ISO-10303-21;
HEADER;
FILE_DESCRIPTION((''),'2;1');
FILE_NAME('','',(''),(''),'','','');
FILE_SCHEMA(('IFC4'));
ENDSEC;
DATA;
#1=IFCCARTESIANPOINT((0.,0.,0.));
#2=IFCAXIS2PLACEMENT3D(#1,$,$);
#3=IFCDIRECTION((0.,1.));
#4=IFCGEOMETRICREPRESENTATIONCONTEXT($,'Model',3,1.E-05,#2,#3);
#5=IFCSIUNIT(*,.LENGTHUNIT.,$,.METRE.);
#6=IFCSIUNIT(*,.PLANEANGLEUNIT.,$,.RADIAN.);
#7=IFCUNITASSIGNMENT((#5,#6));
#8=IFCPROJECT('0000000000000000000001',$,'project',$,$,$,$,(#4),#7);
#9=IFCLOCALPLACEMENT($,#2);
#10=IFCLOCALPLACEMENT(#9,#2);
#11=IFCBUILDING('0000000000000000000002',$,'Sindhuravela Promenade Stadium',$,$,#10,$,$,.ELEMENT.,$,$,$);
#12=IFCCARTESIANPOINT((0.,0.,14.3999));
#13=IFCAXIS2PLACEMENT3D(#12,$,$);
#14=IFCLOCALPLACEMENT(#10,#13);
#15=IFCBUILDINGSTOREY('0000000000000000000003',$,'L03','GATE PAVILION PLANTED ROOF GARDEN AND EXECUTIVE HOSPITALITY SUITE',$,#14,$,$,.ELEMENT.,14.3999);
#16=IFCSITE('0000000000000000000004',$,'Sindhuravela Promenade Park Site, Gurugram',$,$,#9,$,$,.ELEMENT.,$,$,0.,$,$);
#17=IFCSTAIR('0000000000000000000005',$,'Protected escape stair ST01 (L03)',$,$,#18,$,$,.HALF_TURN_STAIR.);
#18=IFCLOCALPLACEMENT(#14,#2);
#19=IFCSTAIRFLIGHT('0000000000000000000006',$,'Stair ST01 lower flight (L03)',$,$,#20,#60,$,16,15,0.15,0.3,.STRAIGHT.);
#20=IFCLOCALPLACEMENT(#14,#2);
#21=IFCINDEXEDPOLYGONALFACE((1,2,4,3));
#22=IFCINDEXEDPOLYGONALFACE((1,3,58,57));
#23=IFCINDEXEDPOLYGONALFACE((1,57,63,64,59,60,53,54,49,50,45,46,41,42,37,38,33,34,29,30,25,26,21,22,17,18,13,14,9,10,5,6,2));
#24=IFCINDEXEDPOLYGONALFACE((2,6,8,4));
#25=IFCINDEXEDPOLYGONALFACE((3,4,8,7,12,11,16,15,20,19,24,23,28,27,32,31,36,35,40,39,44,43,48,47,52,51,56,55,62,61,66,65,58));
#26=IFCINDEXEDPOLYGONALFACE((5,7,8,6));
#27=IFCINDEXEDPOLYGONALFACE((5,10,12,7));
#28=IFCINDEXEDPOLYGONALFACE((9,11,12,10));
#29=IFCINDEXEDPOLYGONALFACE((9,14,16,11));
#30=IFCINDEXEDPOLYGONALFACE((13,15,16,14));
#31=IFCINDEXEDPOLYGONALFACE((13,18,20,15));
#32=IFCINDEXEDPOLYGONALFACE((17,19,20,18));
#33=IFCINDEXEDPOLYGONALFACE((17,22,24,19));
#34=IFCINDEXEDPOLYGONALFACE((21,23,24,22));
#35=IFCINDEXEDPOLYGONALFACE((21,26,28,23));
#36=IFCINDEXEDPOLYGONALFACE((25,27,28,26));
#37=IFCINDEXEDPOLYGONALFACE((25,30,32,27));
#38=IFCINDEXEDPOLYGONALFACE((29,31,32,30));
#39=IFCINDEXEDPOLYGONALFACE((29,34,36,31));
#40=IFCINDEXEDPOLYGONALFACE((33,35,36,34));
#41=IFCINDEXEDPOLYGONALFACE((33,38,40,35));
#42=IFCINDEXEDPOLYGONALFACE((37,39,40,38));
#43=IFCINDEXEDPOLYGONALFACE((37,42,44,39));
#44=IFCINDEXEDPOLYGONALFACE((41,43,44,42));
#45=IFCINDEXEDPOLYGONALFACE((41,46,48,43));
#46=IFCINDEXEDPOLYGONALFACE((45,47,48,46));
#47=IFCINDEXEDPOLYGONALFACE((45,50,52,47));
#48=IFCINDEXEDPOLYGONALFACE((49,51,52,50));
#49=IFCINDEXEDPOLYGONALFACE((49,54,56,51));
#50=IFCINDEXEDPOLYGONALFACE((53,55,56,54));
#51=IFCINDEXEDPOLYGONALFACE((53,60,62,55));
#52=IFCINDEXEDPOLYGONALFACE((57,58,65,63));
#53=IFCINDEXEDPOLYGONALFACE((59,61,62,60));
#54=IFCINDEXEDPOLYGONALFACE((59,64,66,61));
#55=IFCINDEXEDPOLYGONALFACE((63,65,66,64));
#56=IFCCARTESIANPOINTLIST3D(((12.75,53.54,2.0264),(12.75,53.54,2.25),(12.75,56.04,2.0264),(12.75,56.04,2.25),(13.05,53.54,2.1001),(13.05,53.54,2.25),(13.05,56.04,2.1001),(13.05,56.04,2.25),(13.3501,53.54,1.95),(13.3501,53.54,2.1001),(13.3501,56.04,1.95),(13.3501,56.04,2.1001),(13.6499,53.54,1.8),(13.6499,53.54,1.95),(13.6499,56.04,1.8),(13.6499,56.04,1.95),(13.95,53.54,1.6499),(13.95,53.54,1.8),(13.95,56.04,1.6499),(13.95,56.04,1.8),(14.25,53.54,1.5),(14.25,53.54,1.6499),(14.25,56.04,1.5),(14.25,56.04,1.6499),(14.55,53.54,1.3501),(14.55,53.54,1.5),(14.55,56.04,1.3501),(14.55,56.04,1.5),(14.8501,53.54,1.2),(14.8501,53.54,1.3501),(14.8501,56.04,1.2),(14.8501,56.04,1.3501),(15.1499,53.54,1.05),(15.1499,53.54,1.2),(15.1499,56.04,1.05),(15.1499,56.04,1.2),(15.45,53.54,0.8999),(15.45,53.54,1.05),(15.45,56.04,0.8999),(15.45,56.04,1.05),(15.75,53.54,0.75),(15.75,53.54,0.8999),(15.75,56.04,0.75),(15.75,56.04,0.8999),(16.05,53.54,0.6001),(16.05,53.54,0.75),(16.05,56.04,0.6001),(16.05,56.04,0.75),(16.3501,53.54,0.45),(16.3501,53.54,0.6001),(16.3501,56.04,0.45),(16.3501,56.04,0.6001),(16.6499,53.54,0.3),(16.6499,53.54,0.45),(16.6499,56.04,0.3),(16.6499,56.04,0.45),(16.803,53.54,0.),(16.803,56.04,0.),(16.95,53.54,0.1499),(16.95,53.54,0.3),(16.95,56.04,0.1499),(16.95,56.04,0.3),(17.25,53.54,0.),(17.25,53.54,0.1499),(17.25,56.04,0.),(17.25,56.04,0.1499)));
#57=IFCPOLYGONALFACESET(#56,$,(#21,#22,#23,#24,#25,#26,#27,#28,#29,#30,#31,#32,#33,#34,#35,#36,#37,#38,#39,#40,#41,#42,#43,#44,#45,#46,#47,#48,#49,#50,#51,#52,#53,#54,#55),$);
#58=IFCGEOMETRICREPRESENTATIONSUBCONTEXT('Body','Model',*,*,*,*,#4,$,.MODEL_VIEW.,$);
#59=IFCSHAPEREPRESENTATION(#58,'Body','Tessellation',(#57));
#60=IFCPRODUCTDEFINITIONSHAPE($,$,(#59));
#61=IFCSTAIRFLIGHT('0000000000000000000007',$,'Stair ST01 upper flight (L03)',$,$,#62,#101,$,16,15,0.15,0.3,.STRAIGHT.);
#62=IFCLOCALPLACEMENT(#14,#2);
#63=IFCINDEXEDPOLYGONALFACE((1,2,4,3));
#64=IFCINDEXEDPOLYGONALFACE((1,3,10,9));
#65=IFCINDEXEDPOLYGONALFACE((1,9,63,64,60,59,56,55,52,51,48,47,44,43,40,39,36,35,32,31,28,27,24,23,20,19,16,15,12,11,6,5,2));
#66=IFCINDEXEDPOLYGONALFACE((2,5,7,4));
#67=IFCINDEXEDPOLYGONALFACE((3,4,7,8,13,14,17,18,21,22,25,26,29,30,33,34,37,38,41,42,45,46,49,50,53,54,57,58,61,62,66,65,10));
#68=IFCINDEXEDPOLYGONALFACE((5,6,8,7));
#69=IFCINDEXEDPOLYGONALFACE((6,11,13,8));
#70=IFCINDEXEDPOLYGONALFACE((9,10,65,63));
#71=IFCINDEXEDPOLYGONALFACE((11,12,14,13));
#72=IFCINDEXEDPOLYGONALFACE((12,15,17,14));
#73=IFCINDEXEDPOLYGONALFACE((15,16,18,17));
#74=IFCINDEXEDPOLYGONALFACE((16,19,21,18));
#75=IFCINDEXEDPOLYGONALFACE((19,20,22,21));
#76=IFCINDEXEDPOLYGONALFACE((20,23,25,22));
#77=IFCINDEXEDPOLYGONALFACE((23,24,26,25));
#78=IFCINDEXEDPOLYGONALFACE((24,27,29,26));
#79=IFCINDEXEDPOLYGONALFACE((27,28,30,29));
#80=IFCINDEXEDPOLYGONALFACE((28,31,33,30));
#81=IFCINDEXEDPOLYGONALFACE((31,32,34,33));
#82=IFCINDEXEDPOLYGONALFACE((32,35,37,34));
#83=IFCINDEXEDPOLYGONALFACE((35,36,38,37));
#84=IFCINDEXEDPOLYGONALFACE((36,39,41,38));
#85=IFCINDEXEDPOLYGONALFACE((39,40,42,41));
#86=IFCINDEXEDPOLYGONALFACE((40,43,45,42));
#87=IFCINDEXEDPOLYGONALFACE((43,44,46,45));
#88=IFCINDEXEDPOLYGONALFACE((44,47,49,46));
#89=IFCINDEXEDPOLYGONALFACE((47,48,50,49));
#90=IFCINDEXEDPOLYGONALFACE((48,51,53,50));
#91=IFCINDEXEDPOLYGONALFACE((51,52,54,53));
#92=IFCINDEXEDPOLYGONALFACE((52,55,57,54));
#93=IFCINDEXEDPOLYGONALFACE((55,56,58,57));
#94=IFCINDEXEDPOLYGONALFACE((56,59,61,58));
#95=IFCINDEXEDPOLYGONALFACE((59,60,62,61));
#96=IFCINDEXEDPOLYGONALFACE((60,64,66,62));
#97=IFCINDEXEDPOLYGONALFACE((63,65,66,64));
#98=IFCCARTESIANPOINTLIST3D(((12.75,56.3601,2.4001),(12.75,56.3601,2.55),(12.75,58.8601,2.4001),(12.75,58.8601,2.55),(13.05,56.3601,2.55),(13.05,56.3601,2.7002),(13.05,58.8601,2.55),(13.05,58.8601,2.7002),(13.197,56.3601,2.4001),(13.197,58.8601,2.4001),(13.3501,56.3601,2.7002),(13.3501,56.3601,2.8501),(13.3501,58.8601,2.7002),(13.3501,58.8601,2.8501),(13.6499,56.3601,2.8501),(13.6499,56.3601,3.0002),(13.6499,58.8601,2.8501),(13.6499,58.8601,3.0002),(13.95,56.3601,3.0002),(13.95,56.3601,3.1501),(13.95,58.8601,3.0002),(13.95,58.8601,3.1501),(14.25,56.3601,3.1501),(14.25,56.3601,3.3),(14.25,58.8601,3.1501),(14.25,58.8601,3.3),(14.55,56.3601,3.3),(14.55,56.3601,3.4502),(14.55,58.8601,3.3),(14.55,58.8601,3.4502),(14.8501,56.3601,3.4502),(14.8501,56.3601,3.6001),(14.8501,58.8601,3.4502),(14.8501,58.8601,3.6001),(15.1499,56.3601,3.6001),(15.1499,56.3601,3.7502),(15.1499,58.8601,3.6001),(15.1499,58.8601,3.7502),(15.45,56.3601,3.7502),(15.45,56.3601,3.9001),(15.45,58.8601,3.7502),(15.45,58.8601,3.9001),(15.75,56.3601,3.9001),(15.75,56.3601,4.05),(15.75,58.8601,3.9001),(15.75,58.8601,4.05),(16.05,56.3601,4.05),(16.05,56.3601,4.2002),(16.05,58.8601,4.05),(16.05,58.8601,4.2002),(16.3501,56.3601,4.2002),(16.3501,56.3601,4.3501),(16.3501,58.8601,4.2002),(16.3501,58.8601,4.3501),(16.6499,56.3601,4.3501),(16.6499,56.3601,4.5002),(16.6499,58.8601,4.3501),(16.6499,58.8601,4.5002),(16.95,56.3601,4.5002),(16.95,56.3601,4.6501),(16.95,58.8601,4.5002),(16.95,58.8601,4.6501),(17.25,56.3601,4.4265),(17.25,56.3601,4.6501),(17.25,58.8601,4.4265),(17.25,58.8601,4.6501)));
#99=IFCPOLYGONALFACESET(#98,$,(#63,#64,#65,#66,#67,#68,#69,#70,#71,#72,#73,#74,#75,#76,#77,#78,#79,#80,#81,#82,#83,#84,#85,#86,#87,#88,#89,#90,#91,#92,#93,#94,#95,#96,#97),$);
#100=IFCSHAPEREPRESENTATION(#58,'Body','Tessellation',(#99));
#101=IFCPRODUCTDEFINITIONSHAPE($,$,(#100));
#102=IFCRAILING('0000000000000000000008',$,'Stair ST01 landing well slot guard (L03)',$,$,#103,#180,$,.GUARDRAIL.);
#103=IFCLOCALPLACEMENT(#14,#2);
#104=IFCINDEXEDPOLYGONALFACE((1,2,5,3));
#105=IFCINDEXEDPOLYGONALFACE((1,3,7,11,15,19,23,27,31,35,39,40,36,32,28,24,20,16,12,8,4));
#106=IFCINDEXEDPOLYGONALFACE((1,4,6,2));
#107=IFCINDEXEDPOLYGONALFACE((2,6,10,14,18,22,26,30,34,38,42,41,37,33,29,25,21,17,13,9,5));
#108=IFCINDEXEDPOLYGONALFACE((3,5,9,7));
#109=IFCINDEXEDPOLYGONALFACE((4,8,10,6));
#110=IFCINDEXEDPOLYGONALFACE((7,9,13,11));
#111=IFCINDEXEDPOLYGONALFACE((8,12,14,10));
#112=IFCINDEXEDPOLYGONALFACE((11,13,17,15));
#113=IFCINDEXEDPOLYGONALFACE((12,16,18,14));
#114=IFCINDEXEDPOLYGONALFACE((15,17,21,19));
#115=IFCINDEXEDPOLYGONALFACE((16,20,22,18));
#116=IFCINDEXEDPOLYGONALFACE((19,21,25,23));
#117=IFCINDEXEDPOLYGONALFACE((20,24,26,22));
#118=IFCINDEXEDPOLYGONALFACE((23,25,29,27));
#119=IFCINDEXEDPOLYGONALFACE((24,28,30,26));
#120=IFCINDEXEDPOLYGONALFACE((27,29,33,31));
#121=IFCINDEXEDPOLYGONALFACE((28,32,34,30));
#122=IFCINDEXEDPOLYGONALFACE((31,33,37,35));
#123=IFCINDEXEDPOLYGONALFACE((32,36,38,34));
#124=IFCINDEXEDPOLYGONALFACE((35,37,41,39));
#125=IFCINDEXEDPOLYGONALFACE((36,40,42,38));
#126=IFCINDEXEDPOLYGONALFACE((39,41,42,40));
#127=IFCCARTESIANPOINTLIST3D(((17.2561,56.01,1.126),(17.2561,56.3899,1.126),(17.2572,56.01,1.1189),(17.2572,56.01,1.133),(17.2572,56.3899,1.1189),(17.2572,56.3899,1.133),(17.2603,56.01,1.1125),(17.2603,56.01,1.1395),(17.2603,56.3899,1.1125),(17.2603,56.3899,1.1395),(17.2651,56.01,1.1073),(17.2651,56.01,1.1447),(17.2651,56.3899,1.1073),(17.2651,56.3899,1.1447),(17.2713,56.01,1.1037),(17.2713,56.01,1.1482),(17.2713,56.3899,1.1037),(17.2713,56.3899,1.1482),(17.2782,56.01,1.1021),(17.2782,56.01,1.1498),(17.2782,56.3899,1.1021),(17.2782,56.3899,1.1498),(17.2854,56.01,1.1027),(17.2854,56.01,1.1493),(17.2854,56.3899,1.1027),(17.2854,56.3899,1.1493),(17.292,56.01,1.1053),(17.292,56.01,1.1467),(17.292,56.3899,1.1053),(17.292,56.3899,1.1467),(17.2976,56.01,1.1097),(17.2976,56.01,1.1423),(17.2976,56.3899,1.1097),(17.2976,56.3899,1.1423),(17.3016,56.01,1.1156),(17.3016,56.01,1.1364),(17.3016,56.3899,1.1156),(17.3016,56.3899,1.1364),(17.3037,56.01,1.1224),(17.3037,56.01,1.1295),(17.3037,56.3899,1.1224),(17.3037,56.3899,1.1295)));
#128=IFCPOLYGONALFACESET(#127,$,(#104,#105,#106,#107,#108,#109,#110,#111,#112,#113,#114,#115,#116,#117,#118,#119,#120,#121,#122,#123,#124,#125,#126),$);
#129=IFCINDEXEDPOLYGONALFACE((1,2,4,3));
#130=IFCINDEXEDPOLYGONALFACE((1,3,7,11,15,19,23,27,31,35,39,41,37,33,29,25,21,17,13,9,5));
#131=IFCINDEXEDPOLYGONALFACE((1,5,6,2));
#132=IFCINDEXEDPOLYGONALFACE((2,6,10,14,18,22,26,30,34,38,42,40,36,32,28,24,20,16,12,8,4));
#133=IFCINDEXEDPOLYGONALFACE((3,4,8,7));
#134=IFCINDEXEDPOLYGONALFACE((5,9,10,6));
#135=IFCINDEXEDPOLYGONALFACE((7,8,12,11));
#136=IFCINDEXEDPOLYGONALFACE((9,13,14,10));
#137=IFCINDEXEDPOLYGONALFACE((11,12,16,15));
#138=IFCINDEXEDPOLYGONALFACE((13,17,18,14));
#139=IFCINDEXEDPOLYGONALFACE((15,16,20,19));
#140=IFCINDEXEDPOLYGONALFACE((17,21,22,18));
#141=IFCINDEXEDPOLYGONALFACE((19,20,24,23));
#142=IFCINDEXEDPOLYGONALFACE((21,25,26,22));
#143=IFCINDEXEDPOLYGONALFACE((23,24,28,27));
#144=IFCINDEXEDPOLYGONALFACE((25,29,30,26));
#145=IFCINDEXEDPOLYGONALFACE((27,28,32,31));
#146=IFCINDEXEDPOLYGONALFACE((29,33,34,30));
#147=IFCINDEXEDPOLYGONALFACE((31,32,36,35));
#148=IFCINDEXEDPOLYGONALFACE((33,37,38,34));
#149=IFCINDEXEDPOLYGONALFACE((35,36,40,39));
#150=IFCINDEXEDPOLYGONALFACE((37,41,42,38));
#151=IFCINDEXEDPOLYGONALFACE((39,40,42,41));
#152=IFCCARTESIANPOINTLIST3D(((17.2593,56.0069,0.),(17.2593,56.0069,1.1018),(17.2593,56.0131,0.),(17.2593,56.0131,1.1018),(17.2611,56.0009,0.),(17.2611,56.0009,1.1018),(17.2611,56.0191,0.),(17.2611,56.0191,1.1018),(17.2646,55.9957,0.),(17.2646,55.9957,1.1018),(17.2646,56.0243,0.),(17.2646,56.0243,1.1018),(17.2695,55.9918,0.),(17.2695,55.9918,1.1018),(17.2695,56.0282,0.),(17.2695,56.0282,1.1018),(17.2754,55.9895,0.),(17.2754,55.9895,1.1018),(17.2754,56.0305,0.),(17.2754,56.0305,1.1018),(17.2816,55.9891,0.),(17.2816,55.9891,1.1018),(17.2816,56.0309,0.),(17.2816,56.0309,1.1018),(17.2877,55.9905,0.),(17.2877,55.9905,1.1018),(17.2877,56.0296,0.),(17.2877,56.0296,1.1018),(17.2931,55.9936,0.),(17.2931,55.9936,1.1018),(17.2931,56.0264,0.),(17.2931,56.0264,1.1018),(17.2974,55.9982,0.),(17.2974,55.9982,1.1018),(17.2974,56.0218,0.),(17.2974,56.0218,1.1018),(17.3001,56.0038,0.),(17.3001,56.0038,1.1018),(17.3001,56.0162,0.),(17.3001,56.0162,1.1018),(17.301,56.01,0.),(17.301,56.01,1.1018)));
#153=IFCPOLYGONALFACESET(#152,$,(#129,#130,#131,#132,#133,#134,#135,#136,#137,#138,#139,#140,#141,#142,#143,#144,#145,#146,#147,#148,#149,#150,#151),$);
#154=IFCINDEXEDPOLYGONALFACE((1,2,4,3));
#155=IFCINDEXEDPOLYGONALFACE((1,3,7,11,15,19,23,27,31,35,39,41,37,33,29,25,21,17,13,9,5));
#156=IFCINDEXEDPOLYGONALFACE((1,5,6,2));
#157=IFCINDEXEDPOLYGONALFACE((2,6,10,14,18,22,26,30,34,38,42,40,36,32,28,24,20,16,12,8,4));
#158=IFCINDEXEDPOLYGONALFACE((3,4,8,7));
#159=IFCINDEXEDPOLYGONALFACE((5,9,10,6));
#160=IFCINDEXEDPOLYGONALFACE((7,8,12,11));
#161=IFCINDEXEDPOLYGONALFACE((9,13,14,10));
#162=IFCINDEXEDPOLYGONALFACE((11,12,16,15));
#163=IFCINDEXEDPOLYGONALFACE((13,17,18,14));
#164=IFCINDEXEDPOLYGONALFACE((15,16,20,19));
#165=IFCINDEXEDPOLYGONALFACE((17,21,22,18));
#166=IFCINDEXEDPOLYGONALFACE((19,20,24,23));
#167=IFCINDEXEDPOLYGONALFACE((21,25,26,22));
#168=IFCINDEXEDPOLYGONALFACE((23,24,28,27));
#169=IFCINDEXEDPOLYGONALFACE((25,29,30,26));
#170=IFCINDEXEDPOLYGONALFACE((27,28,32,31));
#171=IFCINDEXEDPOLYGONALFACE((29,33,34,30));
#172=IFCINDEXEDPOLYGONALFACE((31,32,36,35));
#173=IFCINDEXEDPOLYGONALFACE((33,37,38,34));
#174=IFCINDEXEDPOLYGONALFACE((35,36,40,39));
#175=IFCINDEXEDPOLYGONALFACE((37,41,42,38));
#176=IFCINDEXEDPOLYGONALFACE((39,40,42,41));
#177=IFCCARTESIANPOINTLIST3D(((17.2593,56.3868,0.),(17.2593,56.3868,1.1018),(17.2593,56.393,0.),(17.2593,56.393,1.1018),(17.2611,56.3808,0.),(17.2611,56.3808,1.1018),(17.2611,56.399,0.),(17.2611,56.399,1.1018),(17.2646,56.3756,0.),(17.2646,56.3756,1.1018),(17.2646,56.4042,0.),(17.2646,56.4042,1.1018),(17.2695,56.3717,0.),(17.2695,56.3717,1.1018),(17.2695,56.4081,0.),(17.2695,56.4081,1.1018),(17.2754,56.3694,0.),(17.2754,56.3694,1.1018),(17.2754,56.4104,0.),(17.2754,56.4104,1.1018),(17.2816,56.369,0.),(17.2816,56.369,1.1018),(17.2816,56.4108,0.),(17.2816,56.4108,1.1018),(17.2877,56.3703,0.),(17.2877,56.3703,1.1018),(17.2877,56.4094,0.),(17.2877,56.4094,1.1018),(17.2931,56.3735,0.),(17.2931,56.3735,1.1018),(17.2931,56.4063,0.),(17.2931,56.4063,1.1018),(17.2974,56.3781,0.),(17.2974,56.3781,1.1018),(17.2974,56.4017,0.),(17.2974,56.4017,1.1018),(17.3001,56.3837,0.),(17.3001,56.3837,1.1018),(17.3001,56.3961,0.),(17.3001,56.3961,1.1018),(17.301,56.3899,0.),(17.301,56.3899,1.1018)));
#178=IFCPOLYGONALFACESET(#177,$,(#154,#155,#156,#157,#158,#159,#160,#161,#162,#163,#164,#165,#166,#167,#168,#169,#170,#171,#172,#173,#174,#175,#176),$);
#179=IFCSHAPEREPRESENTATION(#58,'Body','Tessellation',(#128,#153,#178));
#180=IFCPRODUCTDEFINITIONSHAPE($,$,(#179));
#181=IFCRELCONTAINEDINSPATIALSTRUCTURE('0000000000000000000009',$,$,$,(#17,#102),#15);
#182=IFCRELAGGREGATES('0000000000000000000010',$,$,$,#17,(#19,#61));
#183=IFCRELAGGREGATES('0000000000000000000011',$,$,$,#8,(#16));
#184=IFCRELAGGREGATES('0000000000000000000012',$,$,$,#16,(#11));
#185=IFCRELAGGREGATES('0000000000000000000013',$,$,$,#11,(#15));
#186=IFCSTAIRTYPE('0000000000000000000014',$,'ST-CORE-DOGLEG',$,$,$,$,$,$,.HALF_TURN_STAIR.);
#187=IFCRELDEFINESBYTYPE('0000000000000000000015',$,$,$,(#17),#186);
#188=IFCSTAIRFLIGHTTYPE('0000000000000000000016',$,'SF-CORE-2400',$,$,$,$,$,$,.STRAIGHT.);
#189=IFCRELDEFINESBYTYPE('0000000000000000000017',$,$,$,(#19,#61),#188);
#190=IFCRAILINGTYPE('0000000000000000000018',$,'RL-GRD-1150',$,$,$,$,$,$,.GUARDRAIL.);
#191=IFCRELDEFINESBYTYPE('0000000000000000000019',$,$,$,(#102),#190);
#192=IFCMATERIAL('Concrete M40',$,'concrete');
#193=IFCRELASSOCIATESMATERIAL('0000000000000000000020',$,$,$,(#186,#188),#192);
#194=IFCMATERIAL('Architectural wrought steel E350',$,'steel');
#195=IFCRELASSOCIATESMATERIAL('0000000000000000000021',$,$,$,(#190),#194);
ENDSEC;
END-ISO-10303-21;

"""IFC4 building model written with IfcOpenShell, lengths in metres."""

from ifc_helpers import new_model, si_unit, direction, frame, origin, origin_2d, place, context, subcontext, project, spatial, polyline, circle, outline, extrude, material, type_object, element, aggregate, save


model = new_model("IFC4")

# Units and contexts
model_context = context("Model", 3, precision=1e-05, world=origin(), true_north=direction((0.0, 1.0)))
body_context = subcontext(model_context, "Body", "Model", "MODEL_VIEW")
ifc_project = project(units=[si_unit("LENGTHUNIT", "METRE"), si_unit("PLANEANGLEUNIT", "RADIAN")], contexts=[model_context])

# Site, building, storey
site_placement = place(None, origin())
site = spatial("IfcSite", under=ifc_project, at=site_placement, Name="Sindhuravela Promenade Park Site, Gurugram", CompositionType="ELEMENT", RefElevation=0.0)
building_placement = place(site_placement, origin())
building = spatial("IfcBuilding", under=site, at=building_placement, Name="Sindhuravela Promenade Stadium", CompositionType="ELEMENT")
storey_placement = place(building_placement, frame((0.0, 0.0, 14.3999)))
storey = spatial("IfcBuildingStorey", under=building, at=storey_placement, Name="L03", Description="GATE PAVILION PLANTED ROOF GARDEN AND EXECUTIVE HOSPITALITY SUITE", CompositionType="ELEMENT", Elevation=14.3999)

# Shared definitions
ifc_material_1 = material(Name="Concrete M40", Category="concrete")

# Shared definitions
ifc_material_2 = material(Name="Architectural wrought steel E350", Category="steel")

# Stair, stair flights
stair_type = type_object("IfcStairType", Name="ST-CORE-DOGLEG", PredefinedType="HALF_TURN_STAIR", material=ifc_material_1)
stair_placement = place(storey_placement, origin())
stair = element("IfcStair", 1, at=stair_placement, inside=storey, type_object=stair_type, Name="Protected escape stair ST01 (L03)", PredefinedType="HALF_TURN_STAIR")
stair_flight_type = type_object("IfcStairFlightType", Name="SF-CORE-2400", PredefinedType="STRAIGHT", material=ifc_material_1)
stair_flight_1_placement = place(storey_placement, frame((17.25, 54.79, 0.0), z_axis=(0.0, 0.0, 1.0), x_axis=(-1.0, 0.0, 0.0)))
stair_flight_1 = element("IfcStairFlight", 2, at=stair_flight_1_placement, type_object=stair_flight_type, Name="Stair ST01 lower flight (L03)", NumberOfRisers=16, NumberOfTreads=15, PredefinedType="STRAIGHT", RiserHeight=0.15, TreadLength=0.3, context=body_context, shape_type="SweptSolid", body=[
    extrude(outline(polyline([(0.0, 0.0), (0.0, 0.1499), (0.3, 0.1499), (0.3, 0.3), (0.6001, 0.3), (0.6001, 0.45), (0.8999, 0.45), (0.8999, 0.6001), (1.2, 0.6001), (1.2, 0.75), (1.5, 0.75), (1.5, 0.8999), (1.8, 0.8999), (1.8, 1.05), (2.1001, 1.05), (2.1001, 1.2), (2.3999, 1.2), (2.3999, 1.3501), (2.7, 1.3501), (2.7, 1.5), (3.0, 1.5), (3.0, 1.6499), (3.3, 1.6499), (3.3, 1.8), (3.6001, 1.8), (3.6001, 1.95), (3.8999, 1.95), (3.8999, 2.1001), (4.2, 2.1001), (4.2, 2.25), (4.5, 2.25), (4.5, 2.3999), (4.5, 2.0264), (0.447, 0.0), (0.0, 0.0)])), frame((0.0, 1.25, 0.0), z_axis=(0.0, -1.0, 0.0), x_axis=(1.0, 0.0, 0.0)), (0.0, 0.0, 1.0), 2.5),
])
stair_flight_2_placement = place(storey_placement, frame((12.75, 57.6101, 2.4001), z_axis=(0.0, 0.0, 1.0), x_axis=(1.0, 0.0, 0.0)))
stair_flight_2 = element("IfcStairFlight", 3, at=stair_flight_2_placement, type_object=stair_flight_type, Name="Stair ST01 upper flight (L03)", NumberOfRisers=16, NumberOfTreads=15, PredefinedType="STRAIGHT", RiserHeight=0.15, TreadLength=0.3, context=body_context, shape_type="SweptSolid", body=[
    extrude(outline(polyline([(0.0, 0.0), (0.0, 0.1499), (0.3, 0.1499), (0.3, 0.3), (0.6001, 0.3), (0.6001, 0.45), (0.8999, 0.45), (0.8999, 0.6001), (1.2, 0.6001), (1.2, 0.75), (1.5, 0.75), (1.5, 0.8999), (1.8, 0.8999), (1.8, 1.05), (2.1001, 1.05), (2.1001, 1.2), (2.3999, 1.2), (2.3999, 1.3501), (2.7, 1.3501), (2.7, 1.5), (3.0, 1.5), (3.0, 1.6499), (3.3, 1.6499), (3.3, 1.8), (3.6001, 1.8), (3.6001, 1.95), (3.8999, 1.95), (3.8999, 2.1001), (4.2, 2.1001), (4.2, 2.25), (4.5, 2.25), (4.5, 2.3999), (4.5, 2.0264), (0.447, 0.0), (0.0, 0.0)])), frame((0.0, 1.25, 0.0), z_axis=(0.0, -1.0, 0.0), x_axis=(1.0, 0.0, 0.0)), (0.0, 0.0, 1.0), 2.5),
])
aggregate(stair, [stair_flight_1, stair_flight_2])

# Railing
railing_type_1 = type_object("IfcRailingType", Name="RL-GRD-1150", PredefinedType="GUARDRAIL", material=ifc_material_2)
railing_1_placement = place(storey_placement, frame((17.28, 56.01, 0.0)))
element("IfcRailing", 4, at=railing_1_placement, inside=storey, type_object=railing_type_1, Name="Stair ST01 landing well slot guard (L03)", PredefinedType="GUARDRAIL", context=body_context, shape_type="SweptSolid", body=[
    extrude(circle(Radius=0.0239, at=origin_2d()), frame((0.0, 0.0, 1.126), z_axis=(0.0, 1.0, 0.0), x_axis=(-1.0, 0.0, 0.0)), (0.0, 0.0, 1.0), 0.3799),
    extrude(circle(Radius=0.021, at=origin_2d()), origin(), (0.0, 0.0, 1.0), 1.1018),
    extrude(circle(Radius=0.021, at=origin_2d()), frame((0.0, 0.3799, 0.0)), (0.0, 0.0, 1.0), 1.1018),
])

save(model, "model.ifc")
